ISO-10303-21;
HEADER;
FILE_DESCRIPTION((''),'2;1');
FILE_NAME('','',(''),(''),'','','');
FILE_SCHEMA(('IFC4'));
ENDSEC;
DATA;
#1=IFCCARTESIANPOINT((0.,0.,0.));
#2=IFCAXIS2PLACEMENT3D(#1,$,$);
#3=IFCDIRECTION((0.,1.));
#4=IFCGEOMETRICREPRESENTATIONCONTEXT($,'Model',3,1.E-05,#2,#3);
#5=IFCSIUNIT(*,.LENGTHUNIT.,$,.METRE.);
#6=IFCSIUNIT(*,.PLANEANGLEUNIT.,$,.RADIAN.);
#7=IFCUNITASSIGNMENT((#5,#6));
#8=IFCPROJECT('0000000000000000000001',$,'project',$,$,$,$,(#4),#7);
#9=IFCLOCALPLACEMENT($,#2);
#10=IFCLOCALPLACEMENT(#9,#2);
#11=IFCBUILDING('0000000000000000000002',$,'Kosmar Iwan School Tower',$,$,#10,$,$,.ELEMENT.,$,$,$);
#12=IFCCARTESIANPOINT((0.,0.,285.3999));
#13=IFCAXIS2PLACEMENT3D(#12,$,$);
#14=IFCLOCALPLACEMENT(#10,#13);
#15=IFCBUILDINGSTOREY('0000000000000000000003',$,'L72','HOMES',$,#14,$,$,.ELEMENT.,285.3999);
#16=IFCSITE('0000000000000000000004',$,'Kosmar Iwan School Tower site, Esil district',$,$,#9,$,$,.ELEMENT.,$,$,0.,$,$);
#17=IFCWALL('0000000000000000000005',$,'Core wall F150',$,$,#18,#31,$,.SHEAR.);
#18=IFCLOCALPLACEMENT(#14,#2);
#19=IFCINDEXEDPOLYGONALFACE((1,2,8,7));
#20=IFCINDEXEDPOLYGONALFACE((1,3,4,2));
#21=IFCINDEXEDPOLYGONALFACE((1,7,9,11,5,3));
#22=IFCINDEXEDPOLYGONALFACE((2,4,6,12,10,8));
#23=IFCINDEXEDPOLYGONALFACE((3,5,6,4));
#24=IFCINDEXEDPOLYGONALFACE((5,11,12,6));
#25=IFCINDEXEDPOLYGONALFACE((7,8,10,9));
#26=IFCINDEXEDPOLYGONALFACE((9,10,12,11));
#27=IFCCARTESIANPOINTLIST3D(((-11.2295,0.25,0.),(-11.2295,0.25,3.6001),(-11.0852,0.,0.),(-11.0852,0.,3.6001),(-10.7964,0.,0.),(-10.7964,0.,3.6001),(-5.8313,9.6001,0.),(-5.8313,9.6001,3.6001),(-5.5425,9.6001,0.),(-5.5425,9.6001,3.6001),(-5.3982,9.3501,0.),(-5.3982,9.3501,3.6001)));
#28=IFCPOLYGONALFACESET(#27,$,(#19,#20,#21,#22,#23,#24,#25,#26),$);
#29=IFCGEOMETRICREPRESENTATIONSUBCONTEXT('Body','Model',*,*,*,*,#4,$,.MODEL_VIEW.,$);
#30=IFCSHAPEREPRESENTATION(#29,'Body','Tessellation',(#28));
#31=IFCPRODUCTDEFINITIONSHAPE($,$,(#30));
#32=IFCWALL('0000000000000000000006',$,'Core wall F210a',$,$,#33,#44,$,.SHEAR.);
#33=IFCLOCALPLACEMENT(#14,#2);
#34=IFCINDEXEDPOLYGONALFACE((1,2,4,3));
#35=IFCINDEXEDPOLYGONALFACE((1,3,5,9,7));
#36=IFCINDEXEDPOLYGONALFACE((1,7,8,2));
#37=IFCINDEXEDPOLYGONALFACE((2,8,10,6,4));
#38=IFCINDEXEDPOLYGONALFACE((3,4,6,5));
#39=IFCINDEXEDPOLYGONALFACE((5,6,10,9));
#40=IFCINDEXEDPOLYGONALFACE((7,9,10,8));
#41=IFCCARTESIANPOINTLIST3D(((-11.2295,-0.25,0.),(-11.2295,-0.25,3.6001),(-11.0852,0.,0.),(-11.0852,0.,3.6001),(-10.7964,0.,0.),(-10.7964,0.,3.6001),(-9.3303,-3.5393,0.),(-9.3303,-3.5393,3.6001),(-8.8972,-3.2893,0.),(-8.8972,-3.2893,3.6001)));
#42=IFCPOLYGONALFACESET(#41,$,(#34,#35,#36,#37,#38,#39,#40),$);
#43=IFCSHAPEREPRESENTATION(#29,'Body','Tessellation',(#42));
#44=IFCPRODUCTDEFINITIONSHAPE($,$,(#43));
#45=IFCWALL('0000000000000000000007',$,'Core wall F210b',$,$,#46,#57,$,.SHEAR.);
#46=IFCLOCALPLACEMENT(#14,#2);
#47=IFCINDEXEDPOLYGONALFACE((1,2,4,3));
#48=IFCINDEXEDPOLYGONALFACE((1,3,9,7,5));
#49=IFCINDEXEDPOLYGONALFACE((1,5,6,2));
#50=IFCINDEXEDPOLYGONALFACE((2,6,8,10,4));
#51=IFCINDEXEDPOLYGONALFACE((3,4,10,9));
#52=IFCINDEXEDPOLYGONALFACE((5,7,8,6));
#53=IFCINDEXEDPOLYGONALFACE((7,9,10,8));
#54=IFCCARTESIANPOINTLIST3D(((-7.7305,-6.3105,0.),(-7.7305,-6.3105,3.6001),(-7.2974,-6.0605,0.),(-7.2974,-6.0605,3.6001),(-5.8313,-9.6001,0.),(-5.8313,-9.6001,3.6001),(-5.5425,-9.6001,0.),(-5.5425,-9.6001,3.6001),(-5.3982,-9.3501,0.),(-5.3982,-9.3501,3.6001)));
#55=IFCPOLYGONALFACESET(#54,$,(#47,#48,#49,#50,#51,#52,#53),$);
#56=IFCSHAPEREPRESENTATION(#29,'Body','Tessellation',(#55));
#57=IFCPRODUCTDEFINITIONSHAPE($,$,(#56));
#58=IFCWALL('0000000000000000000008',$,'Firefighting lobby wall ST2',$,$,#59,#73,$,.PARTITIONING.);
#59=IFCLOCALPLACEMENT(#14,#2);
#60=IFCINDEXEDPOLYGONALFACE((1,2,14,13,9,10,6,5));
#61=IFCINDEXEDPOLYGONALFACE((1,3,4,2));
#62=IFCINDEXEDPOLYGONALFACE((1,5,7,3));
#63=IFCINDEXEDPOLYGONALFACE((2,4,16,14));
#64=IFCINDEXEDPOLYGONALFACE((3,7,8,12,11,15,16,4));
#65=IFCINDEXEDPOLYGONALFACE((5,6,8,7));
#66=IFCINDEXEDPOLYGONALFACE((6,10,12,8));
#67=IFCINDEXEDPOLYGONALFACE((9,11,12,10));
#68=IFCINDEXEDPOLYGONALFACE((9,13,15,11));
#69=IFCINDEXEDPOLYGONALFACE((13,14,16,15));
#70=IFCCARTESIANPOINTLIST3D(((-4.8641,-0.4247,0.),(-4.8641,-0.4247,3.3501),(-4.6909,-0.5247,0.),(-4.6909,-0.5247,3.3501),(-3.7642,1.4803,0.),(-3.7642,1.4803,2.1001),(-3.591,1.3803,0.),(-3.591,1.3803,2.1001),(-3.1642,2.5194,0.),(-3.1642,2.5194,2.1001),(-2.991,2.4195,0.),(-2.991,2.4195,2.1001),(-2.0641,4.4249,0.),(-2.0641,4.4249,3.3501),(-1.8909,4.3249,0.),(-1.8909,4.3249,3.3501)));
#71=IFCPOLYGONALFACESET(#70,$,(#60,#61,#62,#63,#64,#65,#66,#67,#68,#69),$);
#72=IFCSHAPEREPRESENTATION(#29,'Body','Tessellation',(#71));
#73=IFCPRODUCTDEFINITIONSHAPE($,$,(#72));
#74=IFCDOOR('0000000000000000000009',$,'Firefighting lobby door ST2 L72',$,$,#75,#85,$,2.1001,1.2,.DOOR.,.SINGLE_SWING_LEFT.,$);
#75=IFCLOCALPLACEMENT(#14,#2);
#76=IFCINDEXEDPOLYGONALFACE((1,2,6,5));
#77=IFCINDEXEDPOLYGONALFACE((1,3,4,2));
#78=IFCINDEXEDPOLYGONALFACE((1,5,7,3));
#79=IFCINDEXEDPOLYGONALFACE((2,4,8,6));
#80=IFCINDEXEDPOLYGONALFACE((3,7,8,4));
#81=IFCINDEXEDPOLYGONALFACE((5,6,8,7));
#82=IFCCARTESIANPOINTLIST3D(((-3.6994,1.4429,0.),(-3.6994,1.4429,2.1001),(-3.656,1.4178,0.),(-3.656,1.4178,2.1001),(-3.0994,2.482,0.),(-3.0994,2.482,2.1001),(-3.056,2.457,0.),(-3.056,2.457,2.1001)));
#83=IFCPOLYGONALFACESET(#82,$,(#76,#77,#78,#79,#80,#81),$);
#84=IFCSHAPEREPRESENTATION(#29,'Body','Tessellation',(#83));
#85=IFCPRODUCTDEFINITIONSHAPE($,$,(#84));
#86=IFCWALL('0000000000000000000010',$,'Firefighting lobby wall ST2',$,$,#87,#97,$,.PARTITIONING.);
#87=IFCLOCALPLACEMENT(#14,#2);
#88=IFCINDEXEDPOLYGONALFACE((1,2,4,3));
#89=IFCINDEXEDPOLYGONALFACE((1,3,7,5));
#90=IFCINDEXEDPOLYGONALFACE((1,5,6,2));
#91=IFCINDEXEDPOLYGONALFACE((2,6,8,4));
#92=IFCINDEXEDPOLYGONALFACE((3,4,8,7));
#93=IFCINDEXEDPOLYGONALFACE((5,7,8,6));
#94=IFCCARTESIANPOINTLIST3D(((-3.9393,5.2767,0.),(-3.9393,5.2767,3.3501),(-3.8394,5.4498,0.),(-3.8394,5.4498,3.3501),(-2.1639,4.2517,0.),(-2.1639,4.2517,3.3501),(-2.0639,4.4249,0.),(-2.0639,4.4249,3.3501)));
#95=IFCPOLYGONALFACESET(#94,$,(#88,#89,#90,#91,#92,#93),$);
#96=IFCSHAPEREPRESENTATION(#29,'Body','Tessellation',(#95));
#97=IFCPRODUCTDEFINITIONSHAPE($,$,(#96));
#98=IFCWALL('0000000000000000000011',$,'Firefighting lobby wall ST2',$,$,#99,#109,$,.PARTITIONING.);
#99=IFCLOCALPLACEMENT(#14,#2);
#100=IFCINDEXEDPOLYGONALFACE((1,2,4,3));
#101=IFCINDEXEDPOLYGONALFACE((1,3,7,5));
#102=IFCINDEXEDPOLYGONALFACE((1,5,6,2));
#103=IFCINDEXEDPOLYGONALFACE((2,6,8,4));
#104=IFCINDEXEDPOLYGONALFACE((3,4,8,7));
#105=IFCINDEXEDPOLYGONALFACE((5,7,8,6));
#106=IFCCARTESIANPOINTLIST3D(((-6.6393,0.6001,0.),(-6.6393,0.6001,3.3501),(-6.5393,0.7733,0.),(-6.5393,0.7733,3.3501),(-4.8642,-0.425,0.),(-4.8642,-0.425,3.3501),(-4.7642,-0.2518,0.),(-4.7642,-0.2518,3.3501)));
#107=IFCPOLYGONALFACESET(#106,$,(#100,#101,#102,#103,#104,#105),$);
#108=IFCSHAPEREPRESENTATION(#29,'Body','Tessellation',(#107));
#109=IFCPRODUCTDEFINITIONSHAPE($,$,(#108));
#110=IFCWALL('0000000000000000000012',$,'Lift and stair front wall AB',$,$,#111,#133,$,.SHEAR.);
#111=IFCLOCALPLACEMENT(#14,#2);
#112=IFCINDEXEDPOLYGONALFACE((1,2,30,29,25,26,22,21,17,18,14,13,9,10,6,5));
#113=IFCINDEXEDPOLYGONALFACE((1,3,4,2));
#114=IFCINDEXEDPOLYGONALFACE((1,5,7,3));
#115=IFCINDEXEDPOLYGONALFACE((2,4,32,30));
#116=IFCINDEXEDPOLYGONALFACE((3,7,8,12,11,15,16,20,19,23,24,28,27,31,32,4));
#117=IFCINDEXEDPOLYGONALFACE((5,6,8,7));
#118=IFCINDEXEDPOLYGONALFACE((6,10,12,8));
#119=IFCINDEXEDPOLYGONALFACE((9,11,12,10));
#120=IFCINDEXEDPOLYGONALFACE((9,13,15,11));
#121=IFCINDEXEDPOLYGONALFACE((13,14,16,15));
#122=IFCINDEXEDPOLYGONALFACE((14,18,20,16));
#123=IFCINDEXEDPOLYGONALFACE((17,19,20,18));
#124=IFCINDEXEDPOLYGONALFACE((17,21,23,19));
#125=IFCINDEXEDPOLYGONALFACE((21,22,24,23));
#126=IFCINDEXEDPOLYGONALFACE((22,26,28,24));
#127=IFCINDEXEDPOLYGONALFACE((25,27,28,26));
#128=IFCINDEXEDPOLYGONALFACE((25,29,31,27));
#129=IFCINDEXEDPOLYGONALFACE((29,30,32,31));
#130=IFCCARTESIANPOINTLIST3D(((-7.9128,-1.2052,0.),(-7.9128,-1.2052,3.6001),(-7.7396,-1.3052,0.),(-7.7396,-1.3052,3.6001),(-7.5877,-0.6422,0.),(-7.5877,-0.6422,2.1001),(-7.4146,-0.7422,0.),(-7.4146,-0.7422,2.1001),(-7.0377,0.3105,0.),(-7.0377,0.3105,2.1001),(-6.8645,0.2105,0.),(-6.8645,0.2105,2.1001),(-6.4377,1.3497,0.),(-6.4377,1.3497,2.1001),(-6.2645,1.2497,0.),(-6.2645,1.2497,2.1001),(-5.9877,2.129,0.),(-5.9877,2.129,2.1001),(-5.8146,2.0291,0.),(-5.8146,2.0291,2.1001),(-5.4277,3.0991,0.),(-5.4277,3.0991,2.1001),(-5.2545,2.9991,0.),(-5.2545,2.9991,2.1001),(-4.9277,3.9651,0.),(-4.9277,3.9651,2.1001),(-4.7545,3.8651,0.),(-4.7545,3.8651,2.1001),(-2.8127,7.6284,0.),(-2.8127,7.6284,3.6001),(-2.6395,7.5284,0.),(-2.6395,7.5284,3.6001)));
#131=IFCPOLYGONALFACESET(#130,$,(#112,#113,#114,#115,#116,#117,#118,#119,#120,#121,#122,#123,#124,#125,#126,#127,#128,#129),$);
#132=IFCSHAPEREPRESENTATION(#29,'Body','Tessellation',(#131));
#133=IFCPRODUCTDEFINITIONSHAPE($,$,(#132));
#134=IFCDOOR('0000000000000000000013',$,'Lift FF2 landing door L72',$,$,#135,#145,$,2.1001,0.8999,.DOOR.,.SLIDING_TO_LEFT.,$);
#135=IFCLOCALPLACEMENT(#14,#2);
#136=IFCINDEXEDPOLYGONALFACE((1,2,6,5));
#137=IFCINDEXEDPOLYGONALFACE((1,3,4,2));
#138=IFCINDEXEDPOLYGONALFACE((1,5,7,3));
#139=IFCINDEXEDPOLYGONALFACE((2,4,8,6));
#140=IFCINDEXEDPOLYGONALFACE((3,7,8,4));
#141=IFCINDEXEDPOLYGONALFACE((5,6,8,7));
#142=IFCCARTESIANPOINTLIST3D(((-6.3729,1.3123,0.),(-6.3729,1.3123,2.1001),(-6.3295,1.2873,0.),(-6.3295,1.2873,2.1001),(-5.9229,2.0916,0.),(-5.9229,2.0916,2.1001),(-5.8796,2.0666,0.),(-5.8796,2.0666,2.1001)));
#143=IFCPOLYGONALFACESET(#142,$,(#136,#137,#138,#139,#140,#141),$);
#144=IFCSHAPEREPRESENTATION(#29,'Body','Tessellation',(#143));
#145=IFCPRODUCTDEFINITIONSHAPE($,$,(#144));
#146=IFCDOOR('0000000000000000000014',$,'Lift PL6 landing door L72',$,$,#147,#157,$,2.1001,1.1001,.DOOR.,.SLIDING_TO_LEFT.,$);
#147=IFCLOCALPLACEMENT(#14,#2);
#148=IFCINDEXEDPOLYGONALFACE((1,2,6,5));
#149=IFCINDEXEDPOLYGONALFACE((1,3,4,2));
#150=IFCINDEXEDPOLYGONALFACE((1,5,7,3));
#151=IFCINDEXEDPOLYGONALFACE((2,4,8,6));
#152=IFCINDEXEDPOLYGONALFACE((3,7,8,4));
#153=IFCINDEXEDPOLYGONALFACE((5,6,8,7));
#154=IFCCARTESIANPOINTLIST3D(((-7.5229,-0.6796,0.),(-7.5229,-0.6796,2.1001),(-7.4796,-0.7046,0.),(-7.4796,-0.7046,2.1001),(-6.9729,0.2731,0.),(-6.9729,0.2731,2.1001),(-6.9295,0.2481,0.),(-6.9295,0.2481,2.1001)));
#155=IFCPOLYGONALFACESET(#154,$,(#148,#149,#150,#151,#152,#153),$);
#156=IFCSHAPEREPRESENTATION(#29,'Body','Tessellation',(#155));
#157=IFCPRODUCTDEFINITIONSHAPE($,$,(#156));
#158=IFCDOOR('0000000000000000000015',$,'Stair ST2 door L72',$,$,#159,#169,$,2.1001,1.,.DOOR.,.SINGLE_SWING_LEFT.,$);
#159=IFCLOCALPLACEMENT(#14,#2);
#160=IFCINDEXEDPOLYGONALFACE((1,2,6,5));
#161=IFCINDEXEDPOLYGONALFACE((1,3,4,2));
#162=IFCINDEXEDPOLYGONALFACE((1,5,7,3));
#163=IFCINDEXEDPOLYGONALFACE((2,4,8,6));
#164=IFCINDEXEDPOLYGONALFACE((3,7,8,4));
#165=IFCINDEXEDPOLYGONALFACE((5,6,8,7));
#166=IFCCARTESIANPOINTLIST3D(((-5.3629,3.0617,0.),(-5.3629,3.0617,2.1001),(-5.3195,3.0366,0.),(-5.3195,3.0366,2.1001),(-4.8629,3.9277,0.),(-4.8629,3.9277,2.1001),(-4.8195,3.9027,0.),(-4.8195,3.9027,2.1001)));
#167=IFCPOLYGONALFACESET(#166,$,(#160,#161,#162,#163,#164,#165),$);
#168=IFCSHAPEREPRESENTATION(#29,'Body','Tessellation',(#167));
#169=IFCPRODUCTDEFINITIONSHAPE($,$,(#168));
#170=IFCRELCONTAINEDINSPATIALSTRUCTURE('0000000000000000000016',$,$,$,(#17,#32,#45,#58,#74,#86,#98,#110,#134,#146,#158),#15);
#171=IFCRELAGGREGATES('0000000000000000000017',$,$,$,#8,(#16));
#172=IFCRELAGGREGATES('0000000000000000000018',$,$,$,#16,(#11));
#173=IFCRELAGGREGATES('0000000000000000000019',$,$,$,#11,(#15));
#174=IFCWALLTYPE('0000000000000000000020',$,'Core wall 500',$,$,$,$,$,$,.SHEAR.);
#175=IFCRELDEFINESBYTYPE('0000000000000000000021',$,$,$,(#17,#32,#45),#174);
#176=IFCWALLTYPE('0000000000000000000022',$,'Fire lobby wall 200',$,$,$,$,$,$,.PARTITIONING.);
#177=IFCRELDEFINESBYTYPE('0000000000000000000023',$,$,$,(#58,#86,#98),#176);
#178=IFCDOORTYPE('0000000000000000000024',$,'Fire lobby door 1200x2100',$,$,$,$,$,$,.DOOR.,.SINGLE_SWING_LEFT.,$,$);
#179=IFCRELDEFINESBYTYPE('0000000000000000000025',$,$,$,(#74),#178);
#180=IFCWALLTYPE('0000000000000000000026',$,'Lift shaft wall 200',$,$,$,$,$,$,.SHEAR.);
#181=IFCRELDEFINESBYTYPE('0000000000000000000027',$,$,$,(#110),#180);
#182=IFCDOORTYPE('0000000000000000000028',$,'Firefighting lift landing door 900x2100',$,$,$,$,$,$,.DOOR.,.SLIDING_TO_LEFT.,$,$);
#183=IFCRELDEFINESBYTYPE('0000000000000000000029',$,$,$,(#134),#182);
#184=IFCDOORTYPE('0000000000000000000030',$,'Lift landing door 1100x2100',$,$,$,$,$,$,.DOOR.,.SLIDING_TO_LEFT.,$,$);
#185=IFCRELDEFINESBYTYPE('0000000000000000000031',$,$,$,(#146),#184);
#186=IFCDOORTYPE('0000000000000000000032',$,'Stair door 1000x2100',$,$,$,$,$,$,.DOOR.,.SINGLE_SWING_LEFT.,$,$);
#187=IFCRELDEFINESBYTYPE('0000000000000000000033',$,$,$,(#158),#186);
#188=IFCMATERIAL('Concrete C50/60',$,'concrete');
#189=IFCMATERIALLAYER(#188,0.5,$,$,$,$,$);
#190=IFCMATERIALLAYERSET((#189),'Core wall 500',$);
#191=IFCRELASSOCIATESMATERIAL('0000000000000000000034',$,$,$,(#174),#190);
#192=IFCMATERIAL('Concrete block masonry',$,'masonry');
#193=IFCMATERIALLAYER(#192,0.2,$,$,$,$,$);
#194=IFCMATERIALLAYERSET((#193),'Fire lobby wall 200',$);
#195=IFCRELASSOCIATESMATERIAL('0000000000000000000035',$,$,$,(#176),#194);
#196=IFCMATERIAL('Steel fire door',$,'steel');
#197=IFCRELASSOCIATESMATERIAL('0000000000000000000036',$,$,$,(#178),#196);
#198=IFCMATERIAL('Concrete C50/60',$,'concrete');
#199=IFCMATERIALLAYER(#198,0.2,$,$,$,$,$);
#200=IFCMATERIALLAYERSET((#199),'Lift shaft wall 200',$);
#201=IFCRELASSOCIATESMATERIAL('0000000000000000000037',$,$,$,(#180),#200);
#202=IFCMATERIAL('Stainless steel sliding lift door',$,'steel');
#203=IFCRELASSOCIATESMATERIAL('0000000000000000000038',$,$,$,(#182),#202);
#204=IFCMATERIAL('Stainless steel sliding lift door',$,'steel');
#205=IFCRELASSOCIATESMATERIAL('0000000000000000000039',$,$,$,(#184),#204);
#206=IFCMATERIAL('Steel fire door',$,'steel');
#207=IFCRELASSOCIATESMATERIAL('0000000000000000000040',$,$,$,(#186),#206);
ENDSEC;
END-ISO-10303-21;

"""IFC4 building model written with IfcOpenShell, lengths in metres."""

from ifc_helpers import new_model, si_unit, direction, frame, frame_2d, origin, place, context, subcontext, project, spatial, polyline, rectangle, outline, extrude, material, layer, layer_set, type_object, element, fill, save


model = new_model("IFC4")

# Units and contexts
model_context = context("Model", 3, precision=1e-05, world=origin(), true_north=direction((0.0, 1.0)))
body_context = subcontext(model_context, "Body", "Model", "MODEL_VIEW")
ifc_project = project(units=[si_unit("LENGTHUNIT", "METRE"), si_unit("PLANEANGLEUNIT", "RADIAN")], contexts=[model_context])

# Site, building, storey
site_placement = place(None, origin())
site = spatial("IfcSite", under=ifc_project, at=site_placement, Name="Kosmar Iwan School Tower site, Esil district", CompositionType="ELEMENT", RefElevation=0.0)
building_placement = place(site_placement, origin())
building = spatial("IfcBuilding", under=site, at=building_placement, Name="Kosmar Iwan School Tower", CompositionType="ELEMENT")
storey_placement = place(building_placement, frame((0.0, 0.0, 285.3999)))
storey = spatial("IfcBuildingStorey", under=building, at=storey_placement, Name="L72", Description="HOMES", CompositionType="ELEMENT", Elevation=285.3999)

# Walls
ifc_material_1 = material(Name="Concrete C50/60", Category="concrete")
ifc_layer_1 = layer(ifc_material_1, 0.5)
ifc_layer_set_1 = layer_set([ifc_layer_1], Name="Core wall 500")
wall_type_1 = type_object("IfcWallType", Name="Core wall 500", PredefinedType="SHEAR", material=ifc_layer_set_1)
wall_1_placement = place(storey_placement, origin())
element("IfcWall", 1, at=wall_1_placement, inside=storey, type_object=wall_type_1, Name="Core wall F150", PredefinedType="SHEAR", context=body_context, shape_type="SweptSolid", body=[
    extrude(outline(polyline([(-11.0852, 0.0), (-10.7964, 0.0), (-5.3982, 9.3501), (-5.5425, 9.6001), (-5.8313, 9.6001), (-11.2295, 0.25), (-11.0852, 0.0)])), origin(), (0.0, 0.0, 1.0), 3.6001),
])
wall_2_placement = place(storey_placement, origin())
element("IfcWall", 2, at=wall_2_placement, inside=storey, type_object=wall_type_1, Name="Core wall F210a", PredefinedType="SHEAR", context=body_context, shape_type="SweptSolid", body=[
    extrude(outline(polyline([(-9.3303, -3.5393), (-8.8972, -3.2893), (-10.7964, 0.0), (-11.0852, 0.0), (-11.2295, -0.25), (-9.3303, -3.5393)])), origin(), (0.0, 0.0, 1.0), 3.6001),
])
wall_3_placement = place(storey_placement, origin())
element("IfcWall", 3, at=wall_3_placement, inside=storey, type_object=wall_type_1, Name="Core wall F210b", PredefinedType="SHEAR", context=body_context, shape_type="SweptSolid", body=[
    extrude(outline(polyline([(-5.8313, -9.6001), (-5.5425, -9.6001), (-5.3982, -9.3501), (-7.2974, -6.0605), (-7.7305, -6.3105), (-5.8313, -9.6001)])), origin(), (0.0, 0.0, 1.0), 3.6001),
])

# Wall, opening, door
ifc_material_2 = material(Name="Concrete block masonry", Category="masonry")
ifc_layer_2 = layer(ifc_material_2, 0.2)
ifc_layer_set_2 = layer_set([ifc_layer_2], Name="Fire lobby wall 200")
wall_type_2 = type_object("IfcWallType", Name="Fire lobby wall 200", PredefinedType="PARTITIONING", material=ifc_layer_set_2)
wall_4_placement = place(storey_placement, frame((-1.9775, 4.3748, 0.0), z_axis=(0.0, 0.0, 1.0), x_axis=(-0.500017, -0.866016, 0.0)))
wall_4 = element("IfcWall", 4, at=wall_4_placement, inside=storey, type_object=wall_type_2, Name="Firefighting lobby wall ST2", PredefinedType="PARTITIONING", context=body_context, shape_type="SweptSolid", body=[
    extrude(rectangle(XDim=5.5999, YDim=0.2, at=frame_2d((2.7998, 0.0))), origin(), (0.0, 0.0, 1.0), 3.3501),
])
opening_1_placement = place(wall_4_placement, frame((2.2, 0.0, 0.0)))
opening_1 = element("IfcOpeningElement", 5, at=opening_1_placement, cuts=wall_4, PredefinedType="OPENING", context=body_context, shape_type="SweptSolid", body=[
    extrude(rectangle(XDim=1.2, YDim=2.1001, at=frame_2d((0.6001, 1.05))), frame((0.0, 0.1121, 0.0), z_axis=(0.0, -1.0, 0.0), x_axis=(1.0, 0.0, 0.0)), (0.0, 0.0, 1.0), 0.2239),
])
ifc_material_3 = material(Name="Steel fire door", Category="steel")
door_type_1 = type_object("IfcDoorType", Name="Fire lobby door 1200x2100", OperationType="SINGLE_SWING_LEFT", PredefinedType="DOOR", material=ifc_material_3)
door_1_placement = place(opening_1_placement, origin())
door_1 = element("IfcDoor", 6, at=door_1_placement, inside=storey, type_object=door_type_1, Name="Firefighting lobby door ST2 L72", OperationType="SINGLE_SWING_LEFT", OverallHeight=2.1001, OverallWidth=1.2, PredefinedType="DOOR", context=body_context, shape_type="SweptSolid", body=[
    extrude(rectangle(XDim=1.2, YDim=2.1001, at=frame_2d((0.6001, 1.05))), frame((0.0, 0.0249, 0.0), z_axis=(0.0, -1.0, 0.0), x_axis=(1.0, 0.0, 0.0)), (0.0, 0.0, 1.0), 0.05),
])
fill(opening_1, door_1)

# Walls
wall_5_placement = place(storey_placement, frame((-2.114, 4.3384, 0.0), z_axis=(0.0, 0.0, 1.0), x_axis=(-0.866051, 0.499956, 0.0)))
element("IfcWall", 7, at=wall_5_placement, inside=storey, type_object=wall_type_2, Name="Firefighting lobby wall ST2", PredefinedType="PARTITIONING", context=body_context, shape_type="SweptSolid", body=[
    extrude(rectangle(XDim=2.05, YDim=0.2, at=frame_2d((1.0249, 0.0))), origin(), (0.0, 0.0, 1.0), 3.3501),
])
wall_6_placement = place(storey_placement, frame((-4.8142, -0.3384, 0.0), z_axis=(0.0, 0.0, 1.0), x_axis=(-0.865969, 0.500097, 0.0)))
element("IfcWall", 8, at=wall_6_placement, inside=storey, type_object=wall_type_2, Name="Firefighting lobby wall ST2", PredefinedType="PARTITIONING", context=body_context, shape_type="SweptSolid", body=[
    extrude(rectangle(XDim=2.0498, YDim=0.2, at=frame_2d((1.0249, 0.0))), origin(), (0.0, 0.0, 1.0), 3.3501),
])

# Wall, openings, doors
ifc_material_4 = material(Name="Concrete C50/60", Category="concrete")
ifc_layer_3 = layer(ifc_material_4, 0.2)
ifc_layer_set_3 = layer_set([ifc_layer_3], Name="Lift shaft wall 200")
wall_type_3 = type_object("IfcWallType", Name="Lift shaft wall 200", PredefinedType="SHEAR", material=ifc_layer_set_3)
wall_7_placement = place(storey_placement, frame((-2.7261, 7.5784, 0.0), z_axis=(0.0, 0.0, 1.0), x_axis=(-0.500006, -0.866022, 0.0)))
wall_7 = element("IfcWall", 9, at=wall_7_placement, inside=storey, type_object=wall_type_3, Name="Lift and stair front wall AB", PredefinedType="SHEAR", context=body_context, shape_type="SweptSolid", body=[
    extrude(rectangle(XDim=10.2002, YDim=0.2, at=frame_2d((5.1001, 0.0))), origin(), (0.0, 0.0, 1.0), 3.6001),
])
opening_2_placement = place(wall_7_placement, frame((6.3501, 0.0, 0.0)))
opening_2 = element("IfcOpeningElement", 10, at=opening_2_placement, cuts=wall_7, PredefinedType="OPENING", context=body_context, shape_type="SweptSolid", body=[
    extrude(rectangle(XDim=0.8999, YDim=2.1001, at=frame_2d((0.45, 1.05))), frame((0.0, 0.1121, 0.0), z_axis=(0.0, -1.0, 0.0), x_axis=(1.0, 0.0, 0.0)), (0.0, 0.0, 1.0), 0.2239),
])
opening_3_placement = place(wall_7_placement, frame((8.45, 0.0, 0.0)))
opening_3 = element("IfcOpeningElement", 11, at=opening_3_placement, cuts=wall_7, PredefinedType="OPENING", context=body_context, shape_type="SweptSolid", body=[
    extrude(rectangle(XDim=1.1001, YDim=2.1001, at=frame_2d((0.55, 1.05))), frame((0.0, 0.1121, 0.0), z_axis=(0.0, -1.0, 0.0), x_axis=(1.0, 0.0, 0.0)), (0.0, 0.0, 1.0), 0.2239),
])
opening_4_placement = place(wall_7_placement, frame((4.23, 0.0, 0.0)))
opening_4 = element("IfcOpeningElement", 12, at=opening_4_placement, cuts=wall_7, PredefinedType="OPENING", context=body_context, shape_type="SweptSolid", body=[
    extrude(rectangle(XDim=1.0, YDim=2.1001, at=frame_2d((0.5, 1.05))), frame((0.0, 0.1121, 0.0), z_axis=(0.0, -1.0, 0.0), x_axis=(1.0, 0.0, 0.0)), (0.0, 0.0, 1.0), 0.2239),
])
ifc_material_5 = material(Name="Stainless steel sliding lift door", Category="steel")
door_type_2 = type_object("IfcDoorType", Name="Firefighting lift landing door 900x2100", OperationType="SLIDING_TO_LEFT", PredefinedType="DOOR", material=ifc_material_5)
door_2_placement = place(opening_2_placement, origin())
door_2 = element("IfcDoor", 13, at=door_2_placement, inside=storey, type_object=door_type_2, Name="Lift FF2 landing door L72", OperationType="SLIDING_TO_LEFT", OverallHeight=2.1001, OverallWidth=0.8999, PredefinedType="DOOR", context=body_context, shape_type="SweptSolid", body=[
    extrude(rectangle(XDim=0.8999, YDim=2.1001, at=frame_2d((0.45, 1.05))), frame((0.0, 0.0249, 0.0), z_axis=(0.0, -1.0, 0.0), x_axis=(1.0, 0.0, 0.0)), (0.0, 0.0, 1.0), 0.05),
])
fill(opening_2, door_2)
ifc_material_6 = material(Name="Stainless steel sliding lift door", Category="steel")
door_type_3 = type_object("IfcDoorType", Name="Lift landing door 1100x2100", OperationType="SLIDING_TO_LEFT", PredefinedType="DOOR", material=ifc_material_6)
door_3_placement = place(opening_3_placement, origin())
door_3 = element("IfcDoor", 14, at=door_3_placement, inside=storey, type_object=door_type_3, Name="Lift PL6 landing door L72", OperationType="SLIDING_TO_LEFT", OverallHeight=2.1001, OverallWidth=1.1001, PredefinedType="DOOR", context=body_context, shape_type="SweptSolid", body=[
    extrude(rectangle(XDim=1.1001, YDim=2.1001, at=frame_2d((0.55, 1.05))), frame((0.0, 0.0249, 0.0), z_axis=(0.0, -1.0, 0.0), x_axis=(1.0, 0.0, 0.0)), (0.0, 0.0, 1.0), 0.05),
])
fill(opening_3, door_3)
ifc_material_7 = material(Name="Steel fire door", Category="steel")
door_type_4 = type_object("IfcDoorType", Name="Stair door 1000x2100", OperationType="SINGLE_SWING_LEFT", PredefinedType="DOOR", material=ifc_material_7)
door_4_placement = place(opening_4_placement, origin())
door_4 = element("IfcDoor", 15, at=door_4_placement, inside=storey, type_object=door_type_4, Name="Stair ST2 door L72", OperationType="SINGLE_SWING_LEFT", OverallHeight=2.1001, OverallWidth=1.0, PredefinedType="DOOR", context=body_context, shape_type="SweptSolid", body=[
    extrude(rectangle(XDim=1.0, YDim=2.1001, at=frame_2d((0.5, 1.05))), frame((0.0, 0.0249, 0.0), z_axis=(0.0, -1.0, 0.0), x_axis=(1.0, 0.0, 0.0)), (0.0, 0.0, 1.0), 0.05),
])
fill(opening_4, door_4)

save(model, "model.ifc")
